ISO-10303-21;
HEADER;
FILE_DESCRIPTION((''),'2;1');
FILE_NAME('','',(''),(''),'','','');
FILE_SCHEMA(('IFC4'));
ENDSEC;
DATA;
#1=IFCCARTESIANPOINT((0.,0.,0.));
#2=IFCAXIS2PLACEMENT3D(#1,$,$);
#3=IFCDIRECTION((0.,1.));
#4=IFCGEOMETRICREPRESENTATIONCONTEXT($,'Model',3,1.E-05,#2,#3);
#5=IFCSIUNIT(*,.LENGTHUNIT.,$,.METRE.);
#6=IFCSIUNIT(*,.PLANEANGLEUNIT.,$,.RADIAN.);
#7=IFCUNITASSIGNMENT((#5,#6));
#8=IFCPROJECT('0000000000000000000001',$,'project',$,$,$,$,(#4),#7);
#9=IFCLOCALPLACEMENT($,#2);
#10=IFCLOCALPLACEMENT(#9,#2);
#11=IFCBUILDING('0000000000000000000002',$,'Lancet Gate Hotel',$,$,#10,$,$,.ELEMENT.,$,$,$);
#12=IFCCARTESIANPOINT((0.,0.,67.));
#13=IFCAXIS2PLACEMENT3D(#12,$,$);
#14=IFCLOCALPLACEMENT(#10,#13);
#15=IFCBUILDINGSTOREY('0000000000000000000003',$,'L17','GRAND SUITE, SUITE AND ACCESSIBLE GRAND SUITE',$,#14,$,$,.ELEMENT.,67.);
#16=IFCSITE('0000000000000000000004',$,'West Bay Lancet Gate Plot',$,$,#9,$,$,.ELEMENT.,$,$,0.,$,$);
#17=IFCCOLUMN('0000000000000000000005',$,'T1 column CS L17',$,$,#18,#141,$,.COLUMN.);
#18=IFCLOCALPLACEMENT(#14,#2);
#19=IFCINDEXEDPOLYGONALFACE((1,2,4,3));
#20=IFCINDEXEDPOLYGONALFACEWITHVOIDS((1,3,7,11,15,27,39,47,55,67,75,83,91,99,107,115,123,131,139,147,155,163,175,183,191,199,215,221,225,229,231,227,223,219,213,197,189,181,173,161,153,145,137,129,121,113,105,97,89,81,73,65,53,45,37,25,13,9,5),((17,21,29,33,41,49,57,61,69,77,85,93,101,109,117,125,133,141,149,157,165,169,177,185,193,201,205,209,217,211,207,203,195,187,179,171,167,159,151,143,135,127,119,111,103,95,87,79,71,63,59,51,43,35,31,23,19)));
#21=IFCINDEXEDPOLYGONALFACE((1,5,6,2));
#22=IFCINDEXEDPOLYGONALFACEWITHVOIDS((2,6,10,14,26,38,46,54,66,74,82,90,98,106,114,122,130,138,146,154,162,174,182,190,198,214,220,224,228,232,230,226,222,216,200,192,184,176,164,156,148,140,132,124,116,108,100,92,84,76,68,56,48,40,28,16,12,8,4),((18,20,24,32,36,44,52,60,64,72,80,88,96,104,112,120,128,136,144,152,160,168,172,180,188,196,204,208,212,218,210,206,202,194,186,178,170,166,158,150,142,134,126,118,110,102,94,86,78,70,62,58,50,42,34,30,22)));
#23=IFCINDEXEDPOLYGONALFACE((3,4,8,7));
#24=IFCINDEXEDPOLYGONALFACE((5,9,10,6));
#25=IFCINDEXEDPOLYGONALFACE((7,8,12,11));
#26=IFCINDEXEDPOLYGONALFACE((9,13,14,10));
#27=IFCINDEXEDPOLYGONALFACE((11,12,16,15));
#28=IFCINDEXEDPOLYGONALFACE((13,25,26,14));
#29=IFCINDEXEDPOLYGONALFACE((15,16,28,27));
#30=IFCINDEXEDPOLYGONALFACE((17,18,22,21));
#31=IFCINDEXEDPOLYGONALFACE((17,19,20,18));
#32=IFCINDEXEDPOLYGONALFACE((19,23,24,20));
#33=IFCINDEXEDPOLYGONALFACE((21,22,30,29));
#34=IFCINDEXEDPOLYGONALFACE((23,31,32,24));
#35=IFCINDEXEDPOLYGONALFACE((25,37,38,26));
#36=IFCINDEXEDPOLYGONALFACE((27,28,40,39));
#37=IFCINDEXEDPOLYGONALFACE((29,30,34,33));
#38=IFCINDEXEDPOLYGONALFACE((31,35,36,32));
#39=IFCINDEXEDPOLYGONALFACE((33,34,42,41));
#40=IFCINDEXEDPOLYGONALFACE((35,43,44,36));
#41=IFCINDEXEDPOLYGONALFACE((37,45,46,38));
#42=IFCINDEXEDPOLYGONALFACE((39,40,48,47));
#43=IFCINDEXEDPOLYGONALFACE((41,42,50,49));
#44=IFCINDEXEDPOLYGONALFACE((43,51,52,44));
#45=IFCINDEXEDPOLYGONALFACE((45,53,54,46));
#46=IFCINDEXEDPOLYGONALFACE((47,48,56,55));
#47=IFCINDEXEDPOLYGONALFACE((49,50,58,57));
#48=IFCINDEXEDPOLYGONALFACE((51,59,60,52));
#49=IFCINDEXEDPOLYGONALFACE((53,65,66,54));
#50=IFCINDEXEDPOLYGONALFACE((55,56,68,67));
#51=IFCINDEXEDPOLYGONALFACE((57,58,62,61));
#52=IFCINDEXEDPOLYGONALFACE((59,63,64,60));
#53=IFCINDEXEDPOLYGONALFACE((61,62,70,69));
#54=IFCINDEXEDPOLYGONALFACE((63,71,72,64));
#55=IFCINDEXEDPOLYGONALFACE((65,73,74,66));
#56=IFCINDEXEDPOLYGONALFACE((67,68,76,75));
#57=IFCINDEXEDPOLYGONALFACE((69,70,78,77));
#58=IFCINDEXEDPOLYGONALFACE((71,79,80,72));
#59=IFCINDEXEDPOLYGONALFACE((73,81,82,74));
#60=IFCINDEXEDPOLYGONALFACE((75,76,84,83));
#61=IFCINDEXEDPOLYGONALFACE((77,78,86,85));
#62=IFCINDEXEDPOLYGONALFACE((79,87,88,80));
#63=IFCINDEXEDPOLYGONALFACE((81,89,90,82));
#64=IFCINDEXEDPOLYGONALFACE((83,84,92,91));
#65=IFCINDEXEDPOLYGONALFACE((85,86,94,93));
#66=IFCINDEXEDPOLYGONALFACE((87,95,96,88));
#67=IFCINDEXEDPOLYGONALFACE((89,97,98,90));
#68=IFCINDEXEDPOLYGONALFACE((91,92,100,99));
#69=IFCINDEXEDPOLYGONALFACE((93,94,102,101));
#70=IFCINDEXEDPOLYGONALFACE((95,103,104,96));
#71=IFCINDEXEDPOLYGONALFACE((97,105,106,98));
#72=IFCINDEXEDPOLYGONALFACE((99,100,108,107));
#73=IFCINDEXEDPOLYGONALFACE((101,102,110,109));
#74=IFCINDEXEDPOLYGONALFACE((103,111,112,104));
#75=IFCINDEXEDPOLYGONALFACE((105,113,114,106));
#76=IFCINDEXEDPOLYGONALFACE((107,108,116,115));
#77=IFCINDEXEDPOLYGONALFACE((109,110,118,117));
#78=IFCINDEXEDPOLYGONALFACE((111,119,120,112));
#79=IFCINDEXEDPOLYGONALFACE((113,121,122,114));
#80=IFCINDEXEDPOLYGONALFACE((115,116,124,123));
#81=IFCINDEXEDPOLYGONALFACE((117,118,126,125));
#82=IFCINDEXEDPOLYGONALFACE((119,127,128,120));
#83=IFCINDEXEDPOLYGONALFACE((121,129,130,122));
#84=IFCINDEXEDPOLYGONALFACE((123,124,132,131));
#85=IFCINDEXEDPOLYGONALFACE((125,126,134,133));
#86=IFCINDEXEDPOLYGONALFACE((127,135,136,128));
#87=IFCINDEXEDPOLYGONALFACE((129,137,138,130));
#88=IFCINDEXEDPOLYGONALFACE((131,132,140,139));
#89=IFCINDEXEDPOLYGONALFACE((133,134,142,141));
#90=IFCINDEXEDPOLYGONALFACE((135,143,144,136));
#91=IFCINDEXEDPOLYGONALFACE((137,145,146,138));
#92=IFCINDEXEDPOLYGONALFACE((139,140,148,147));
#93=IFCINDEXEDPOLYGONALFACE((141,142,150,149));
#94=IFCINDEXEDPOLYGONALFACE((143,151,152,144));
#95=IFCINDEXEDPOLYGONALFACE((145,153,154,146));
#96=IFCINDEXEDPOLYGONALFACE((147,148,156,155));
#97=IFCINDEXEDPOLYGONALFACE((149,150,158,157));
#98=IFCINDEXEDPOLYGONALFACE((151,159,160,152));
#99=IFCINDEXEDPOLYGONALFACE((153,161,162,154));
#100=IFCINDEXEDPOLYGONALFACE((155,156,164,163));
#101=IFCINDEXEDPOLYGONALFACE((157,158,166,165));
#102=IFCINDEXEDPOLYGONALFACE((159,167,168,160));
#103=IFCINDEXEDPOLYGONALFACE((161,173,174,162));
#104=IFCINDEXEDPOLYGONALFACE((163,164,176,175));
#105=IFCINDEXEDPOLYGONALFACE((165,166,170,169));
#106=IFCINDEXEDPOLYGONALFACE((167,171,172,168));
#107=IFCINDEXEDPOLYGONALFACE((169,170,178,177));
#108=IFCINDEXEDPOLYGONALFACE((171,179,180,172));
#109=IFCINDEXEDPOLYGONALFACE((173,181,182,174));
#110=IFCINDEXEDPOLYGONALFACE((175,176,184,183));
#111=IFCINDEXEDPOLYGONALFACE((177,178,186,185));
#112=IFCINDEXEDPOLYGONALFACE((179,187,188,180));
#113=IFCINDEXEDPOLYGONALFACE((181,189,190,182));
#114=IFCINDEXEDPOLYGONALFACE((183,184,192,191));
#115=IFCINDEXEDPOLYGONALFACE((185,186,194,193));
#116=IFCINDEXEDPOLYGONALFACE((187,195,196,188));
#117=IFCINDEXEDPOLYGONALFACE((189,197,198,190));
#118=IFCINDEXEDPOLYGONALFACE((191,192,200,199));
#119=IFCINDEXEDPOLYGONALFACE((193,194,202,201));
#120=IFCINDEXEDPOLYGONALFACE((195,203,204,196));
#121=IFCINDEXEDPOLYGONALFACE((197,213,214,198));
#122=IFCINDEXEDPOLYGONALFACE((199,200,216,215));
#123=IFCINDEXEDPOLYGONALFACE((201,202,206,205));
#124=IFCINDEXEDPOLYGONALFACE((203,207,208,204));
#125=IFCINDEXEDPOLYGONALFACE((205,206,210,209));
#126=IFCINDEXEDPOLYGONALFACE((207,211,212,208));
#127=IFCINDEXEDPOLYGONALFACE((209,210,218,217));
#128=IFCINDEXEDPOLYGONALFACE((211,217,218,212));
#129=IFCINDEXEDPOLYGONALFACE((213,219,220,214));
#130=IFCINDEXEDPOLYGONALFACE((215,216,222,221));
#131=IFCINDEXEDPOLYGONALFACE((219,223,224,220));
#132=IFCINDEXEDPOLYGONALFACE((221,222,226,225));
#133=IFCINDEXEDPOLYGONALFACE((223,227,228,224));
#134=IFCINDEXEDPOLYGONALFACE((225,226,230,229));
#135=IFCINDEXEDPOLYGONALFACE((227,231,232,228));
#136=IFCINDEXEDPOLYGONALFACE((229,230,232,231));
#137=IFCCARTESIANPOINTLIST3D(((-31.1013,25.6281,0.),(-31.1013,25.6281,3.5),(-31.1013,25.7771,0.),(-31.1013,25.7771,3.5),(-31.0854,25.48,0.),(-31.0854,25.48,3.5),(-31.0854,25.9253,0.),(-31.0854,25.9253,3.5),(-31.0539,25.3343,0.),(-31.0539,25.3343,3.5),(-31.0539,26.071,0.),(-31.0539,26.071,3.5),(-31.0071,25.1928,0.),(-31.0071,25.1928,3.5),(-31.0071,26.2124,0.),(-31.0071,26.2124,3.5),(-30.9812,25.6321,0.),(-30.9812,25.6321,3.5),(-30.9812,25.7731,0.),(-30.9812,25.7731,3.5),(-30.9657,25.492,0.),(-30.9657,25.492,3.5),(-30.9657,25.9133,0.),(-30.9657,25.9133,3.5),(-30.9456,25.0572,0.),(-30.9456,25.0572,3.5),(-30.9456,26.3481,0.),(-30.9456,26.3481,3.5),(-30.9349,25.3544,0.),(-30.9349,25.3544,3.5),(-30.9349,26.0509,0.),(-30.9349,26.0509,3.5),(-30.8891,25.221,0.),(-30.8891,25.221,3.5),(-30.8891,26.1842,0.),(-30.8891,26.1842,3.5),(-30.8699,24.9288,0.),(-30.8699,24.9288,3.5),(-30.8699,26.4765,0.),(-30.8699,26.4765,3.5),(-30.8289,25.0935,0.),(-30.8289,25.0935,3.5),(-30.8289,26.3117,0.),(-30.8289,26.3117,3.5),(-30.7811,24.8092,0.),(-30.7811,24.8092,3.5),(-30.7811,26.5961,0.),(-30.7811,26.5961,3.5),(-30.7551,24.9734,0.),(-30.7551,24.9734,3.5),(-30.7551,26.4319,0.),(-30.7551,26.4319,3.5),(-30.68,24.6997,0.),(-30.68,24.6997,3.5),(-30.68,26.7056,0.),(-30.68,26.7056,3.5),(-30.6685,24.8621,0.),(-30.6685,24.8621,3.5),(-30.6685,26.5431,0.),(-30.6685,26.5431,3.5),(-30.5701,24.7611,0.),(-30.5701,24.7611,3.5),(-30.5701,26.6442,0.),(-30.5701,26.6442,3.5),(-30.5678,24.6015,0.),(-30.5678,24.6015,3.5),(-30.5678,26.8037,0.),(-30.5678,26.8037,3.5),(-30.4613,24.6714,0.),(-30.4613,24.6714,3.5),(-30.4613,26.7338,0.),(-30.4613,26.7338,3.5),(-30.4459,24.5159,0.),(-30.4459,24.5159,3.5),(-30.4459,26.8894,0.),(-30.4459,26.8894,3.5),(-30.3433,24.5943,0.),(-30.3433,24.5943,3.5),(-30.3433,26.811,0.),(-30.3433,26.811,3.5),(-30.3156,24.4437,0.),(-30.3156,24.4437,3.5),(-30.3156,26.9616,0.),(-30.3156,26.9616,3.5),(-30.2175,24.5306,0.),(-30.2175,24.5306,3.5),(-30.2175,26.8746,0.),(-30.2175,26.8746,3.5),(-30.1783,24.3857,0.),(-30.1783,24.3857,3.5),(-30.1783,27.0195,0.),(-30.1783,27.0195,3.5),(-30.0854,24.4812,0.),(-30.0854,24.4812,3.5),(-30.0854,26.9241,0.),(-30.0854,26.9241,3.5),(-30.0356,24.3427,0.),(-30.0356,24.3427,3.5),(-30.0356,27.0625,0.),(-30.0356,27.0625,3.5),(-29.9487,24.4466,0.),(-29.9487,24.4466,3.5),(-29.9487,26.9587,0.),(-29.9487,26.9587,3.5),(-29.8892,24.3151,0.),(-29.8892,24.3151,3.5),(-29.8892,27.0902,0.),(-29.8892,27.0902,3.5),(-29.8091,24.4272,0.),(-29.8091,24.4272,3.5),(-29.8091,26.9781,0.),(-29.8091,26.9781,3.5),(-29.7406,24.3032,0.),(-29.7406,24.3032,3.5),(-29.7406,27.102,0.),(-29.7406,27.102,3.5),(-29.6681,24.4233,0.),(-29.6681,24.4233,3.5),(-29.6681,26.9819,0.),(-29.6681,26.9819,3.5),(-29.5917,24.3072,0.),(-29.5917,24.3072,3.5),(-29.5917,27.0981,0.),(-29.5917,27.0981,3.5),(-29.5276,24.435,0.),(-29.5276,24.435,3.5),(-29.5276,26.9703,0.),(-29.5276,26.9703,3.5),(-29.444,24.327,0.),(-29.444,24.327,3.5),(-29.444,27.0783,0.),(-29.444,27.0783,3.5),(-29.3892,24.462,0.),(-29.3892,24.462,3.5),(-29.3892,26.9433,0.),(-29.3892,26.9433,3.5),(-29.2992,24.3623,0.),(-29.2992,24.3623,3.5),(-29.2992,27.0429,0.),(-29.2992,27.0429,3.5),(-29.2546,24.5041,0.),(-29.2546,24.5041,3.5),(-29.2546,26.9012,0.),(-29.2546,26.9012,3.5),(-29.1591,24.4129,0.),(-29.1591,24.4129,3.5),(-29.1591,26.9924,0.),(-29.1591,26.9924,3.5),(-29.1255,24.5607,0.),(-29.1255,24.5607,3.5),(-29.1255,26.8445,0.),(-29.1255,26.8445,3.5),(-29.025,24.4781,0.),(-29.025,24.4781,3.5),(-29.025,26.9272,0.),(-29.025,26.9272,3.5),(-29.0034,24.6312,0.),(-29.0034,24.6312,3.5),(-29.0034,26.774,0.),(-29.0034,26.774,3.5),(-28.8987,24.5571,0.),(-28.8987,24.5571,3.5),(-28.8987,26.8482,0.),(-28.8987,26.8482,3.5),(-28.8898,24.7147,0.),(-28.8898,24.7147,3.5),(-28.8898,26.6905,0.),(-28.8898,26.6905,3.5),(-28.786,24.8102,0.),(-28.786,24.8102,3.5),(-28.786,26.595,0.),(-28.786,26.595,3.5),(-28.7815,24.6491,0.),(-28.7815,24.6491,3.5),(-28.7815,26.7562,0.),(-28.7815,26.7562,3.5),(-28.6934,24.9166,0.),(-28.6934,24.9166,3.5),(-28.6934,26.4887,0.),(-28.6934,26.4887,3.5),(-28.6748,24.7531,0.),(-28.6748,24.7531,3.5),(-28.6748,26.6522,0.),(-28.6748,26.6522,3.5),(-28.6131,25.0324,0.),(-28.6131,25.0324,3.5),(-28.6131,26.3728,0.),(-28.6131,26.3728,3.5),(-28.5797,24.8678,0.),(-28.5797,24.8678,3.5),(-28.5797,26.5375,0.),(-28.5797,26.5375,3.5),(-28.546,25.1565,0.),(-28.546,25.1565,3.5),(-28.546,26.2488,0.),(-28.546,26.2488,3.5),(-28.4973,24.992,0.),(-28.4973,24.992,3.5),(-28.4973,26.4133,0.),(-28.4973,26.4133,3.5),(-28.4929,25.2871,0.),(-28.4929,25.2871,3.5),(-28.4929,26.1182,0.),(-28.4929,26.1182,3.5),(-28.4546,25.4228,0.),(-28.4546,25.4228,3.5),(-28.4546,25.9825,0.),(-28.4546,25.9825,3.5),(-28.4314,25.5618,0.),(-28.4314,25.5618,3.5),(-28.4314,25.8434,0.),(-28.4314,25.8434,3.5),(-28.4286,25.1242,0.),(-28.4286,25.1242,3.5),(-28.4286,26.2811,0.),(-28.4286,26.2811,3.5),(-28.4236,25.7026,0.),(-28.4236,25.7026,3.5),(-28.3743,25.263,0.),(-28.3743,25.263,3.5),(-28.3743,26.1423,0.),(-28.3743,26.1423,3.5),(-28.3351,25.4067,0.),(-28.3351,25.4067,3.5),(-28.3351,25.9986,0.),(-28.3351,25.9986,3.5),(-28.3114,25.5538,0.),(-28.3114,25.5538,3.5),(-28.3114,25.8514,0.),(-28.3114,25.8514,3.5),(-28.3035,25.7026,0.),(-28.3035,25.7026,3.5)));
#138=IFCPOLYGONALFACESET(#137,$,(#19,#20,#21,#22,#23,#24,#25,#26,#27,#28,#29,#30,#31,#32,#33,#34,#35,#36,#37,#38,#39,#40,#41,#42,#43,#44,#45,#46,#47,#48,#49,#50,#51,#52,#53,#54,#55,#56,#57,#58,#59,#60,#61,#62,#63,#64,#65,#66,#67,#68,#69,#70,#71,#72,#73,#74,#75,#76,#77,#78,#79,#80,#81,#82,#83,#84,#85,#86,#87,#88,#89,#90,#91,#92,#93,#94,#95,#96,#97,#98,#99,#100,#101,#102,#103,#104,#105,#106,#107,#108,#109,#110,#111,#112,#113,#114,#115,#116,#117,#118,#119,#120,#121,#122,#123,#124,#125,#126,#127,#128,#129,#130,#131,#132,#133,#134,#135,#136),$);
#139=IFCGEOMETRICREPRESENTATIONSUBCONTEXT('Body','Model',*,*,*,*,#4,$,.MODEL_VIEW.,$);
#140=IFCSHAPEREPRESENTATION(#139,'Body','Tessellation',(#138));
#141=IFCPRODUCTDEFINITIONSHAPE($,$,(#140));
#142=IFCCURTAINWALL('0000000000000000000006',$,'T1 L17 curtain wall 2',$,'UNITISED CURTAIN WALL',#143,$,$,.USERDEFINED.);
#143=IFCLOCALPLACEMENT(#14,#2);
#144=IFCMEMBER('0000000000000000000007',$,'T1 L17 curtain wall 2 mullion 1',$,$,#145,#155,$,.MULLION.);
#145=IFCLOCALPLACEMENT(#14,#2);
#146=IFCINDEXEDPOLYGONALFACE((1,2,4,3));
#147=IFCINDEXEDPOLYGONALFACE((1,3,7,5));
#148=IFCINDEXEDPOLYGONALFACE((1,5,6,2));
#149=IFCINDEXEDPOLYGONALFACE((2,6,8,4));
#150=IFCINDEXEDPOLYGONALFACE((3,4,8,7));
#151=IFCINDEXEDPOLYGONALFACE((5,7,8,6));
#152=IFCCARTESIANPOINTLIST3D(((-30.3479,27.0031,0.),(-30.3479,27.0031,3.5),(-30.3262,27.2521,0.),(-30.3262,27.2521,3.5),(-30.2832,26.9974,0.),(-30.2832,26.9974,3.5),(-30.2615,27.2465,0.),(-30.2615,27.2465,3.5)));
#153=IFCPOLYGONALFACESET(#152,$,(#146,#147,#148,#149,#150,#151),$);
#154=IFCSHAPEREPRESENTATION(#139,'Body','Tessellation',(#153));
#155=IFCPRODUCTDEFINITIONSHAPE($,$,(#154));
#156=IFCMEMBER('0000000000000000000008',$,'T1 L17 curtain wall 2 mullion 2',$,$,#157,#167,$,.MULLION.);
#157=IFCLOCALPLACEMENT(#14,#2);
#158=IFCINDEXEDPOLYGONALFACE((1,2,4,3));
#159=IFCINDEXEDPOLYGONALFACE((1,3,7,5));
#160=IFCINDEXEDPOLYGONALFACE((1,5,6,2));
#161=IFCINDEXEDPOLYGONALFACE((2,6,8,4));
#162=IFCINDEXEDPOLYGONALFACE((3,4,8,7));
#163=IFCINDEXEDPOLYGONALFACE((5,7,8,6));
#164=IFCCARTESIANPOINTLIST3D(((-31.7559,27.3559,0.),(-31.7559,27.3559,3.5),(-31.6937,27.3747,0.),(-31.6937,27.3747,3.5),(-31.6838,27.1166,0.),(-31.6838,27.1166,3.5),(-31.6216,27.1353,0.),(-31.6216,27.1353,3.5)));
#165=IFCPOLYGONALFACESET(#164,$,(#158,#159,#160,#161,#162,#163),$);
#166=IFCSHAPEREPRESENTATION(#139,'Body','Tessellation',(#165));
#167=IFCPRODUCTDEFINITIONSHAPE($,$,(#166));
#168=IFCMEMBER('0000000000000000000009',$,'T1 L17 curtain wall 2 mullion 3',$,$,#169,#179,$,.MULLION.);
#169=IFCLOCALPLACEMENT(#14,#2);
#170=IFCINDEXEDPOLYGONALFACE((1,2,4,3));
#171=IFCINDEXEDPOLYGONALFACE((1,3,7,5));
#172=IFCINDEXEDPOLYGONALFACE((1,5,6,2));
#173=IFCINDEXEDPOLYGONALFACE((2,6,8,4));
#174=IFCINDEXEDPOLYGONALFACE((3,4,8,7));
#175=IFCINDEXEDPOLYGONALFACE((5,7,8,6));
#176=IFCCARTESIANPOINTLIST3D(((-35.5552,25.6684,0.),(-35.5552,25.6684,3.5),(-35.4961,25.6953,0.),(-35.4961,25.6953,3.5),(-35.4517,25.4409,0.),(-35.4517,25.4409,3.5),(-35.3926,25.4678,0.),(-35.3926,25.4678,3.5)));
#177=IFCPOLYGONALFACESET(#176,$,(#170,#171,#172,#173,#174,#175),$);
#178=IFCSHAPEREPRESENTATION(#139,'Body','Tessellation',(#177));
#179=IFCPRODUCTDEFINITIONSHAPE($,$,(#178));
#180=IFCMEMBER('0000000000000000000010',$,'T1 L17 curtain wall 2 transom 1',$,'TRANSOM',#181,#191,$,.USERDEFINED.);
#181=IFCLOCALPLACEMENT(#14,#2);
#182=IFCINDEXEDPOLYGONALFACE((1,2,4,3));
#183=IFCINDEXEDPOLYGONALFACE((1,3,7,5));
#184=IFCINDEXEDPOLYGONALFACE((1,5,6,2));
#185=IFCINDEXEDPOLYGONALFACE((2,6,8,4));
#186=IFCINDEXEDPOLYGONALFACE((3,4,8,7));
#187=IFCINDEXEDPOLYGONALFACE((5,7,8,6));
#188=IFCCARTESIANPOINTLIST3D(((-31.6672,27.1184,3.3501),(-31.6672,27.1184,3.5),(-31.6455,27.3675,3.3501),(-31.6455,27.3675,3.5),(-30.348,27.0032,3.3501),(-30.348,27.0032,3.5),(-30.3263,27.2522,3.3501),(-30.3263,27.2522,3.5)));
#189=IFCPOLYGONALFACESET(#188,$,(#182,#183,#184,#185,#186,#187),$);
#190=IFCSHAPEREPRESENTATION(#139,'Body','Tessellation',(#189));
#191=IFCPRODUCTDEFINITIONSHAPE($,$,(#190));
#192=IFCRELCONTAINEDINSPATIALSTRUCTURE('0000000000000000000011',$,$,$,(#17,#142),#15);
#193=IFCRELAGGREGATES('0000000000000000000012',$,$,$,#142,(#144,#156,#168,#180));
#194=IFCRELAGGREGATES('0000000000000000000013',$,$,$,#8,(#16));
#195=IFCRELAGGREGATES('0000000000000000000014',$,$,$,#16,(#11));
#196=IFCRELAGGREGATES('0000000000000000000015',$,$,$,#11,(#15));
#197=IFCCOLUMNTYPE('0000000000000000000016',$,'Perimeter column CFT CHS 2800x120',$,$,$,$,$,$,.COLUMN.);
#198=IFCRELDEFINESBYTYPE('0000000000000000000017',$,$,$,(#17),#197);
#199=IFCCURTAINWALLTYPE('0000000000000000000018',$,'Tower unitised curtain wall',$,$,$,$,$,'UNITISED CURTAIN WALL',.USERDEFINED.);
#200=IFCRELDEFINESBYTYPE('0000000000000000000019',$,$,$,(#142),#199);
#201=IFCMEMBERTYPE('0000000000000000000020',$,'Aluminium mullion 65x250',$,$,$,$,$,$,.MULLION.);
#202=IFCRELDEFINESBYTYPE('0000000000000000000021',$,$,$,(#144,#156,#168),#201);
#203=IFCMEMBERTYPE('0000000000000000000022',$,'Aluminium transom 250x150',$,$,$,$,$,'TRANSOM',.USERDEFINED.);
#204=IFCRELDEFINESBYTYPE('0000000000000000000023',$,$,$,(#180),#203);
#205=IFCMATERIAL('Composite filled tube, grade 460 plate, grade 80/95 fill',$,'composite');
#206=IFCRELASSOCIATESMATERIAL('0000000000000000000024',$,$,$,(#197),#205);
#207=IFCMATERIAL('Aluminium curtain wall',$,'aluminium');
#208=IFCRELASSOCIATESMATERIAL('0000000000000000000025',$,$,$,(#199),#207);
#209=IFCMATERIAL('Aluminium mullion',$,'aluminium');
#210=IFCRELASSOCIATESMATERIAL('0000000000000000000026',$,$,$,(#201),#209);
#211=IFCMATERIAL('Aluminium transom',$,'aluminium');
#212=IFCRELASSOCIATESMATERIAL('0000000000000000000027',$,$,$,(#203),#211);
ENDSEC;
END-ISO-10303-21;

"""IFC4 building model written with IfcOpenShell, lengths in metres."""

from ifc_helpers import new_model, si_unit, direction, frame, origin, origin_2d, place, context, subcontext, project, spatial, rectangle, hollow_circle, extrude, material, material_profile, profile_set, type_object, element, aggregate, save


model = new_model("IFC4")

# Units and contexts
model_context = context("Model", 3, precision=1e-05, world=origin(), true_north=direction((0.0, 1.0)))
body_context = subcontext(model_context, "Body", "Model", "MODEL_VIEW")
ifc_project = project(units=[si_unit("LENGTHUNIT", "METRE"), si_unit("PLANEANGLEUNIT", "RADIAN")], contexts=[model_context])

# Site, building, storey
site_placement = place(None, origin())
site = spatial("IfcSite", under=ifc_project, at=site_placement, Name="West Bay Lancet Gate Plot", CompositionType="ELEMENT", RefElevation=0.0)
building_placement = place(site_placement, origin())
building = spatial("IfcBuilding", under=site, at=building_placement, Name="Lancet Gate Hotel", CompositionType="ELEMENT")
storey_placement = place(building_placement, frame((0.0, 0.0, 67.0)))
storey = spatial("IfcBuildingStorey", under=building, at=storey_placement, Name="L17", Description="GRAND SUITE, SUITE AND ACCESSIBLE GRAND SUITE", CompositionType="ELEMENT", Elevation=67.0)

# Column
ifc_material_1 = material(Name="Composite filled tube, grade 460 plate, grade 80/95 fill", Category="composite")
ifc_material_profile_1 = material_profile(ifc_material_1, hollow_circle(Radius=1.3999, WallThickness=0.1201, at=origin_2d()), Name="CHS 2800x120")
ifc_profile_set_1 = profile_set([ifc_material_profile_1], Name="Composite filled tube, grade 460 plate, grade 80/95 fill")
column_type = type_object("IfcColumnType", Name="Perimeter column CFT CHS 2800x120", PredefinedType="COLUMN", material=ifc_profile_set_1)
column_placement = place(storey_placement, frame((-29.7034, 25.7026, 0.0), z_axis=(0.0, 0.0, 1.0), x_axis=(1.0, 0.0, 0.0)))
element("IfcColumn", 1, at=column_placement, inside=storey, type_object=column_type, Name="T1 column CS L17", PredefinedType="COLUMN", context=body_context, shape_type="SweptSolid", body=[
    extrude(hollow_circle(Radius=1.3999, WallThickness=0.1201, at=origin_2d()), origin(), (0.0, 0.0, 1.0), 3.5),
])

# Curtain wall, members
ifc_material_2 = material(Name="Aluminium curtain wall", Category="aluminium")
curtain_wall_type = type_object("IfcCurtainWallType", Name="Tower unitised curtain wall", ElementType="UNITISED CURTAIN WALL", PredefinedType="USERDEFINED", material=ifc_material_2)
curtain_wall_placement = place(storey_placement, origin())
curtain_wall = element("IfcCurtainWall", 2, at=curtain_wall_placement, inside=storey, type_object=curtain_wall_type, Name="T1 L17 curtain wall 2", ObjectType="UNITISED CURTAIN WALL", PredefinedType="USERDEFINED")
ifc_material_3 = material(Name="Aluminium mullion", Category="aluminium")
ifc_material_profile_2 = material_profile(ifc_material_3, rectangle(XDim=0.0649, YDim=0.25, at=origin_2d()), Name="MULLION 65x250")
ifc_profile_set_2 = profile_set([ifc_material_profile_2], Name="Aluminium mullion")
member_type_1 = type_object("IfcMemberType", Name="Aluminium mullion 65x250", PredefinedType="MULLION", material=ifc_profile_set_2)
member_1_placement = place(storey_placement, frame((-30.3047, 27.1248, 0.0), z_axis=(0.0, 0.0, 1.0), x_axis=(-0.996204, 0.087052, 0.0)))
member_1 = element("IfcMember", 3, at=member_1_placement, type_object=member_type_1, Name="T1 L17 curtain wall 2 mullion 1", PredefinedType="MULLION", context=body_context, shape_type="SweptSolid", body=[
    extrude(rectangle(XDim=0.0649, YDim=0.25, at=origin_2d()), origin(), (0.0, 0.0, 1.0), 3.5),
])
member_2_placement = place(storey_placement, frame((-31.6887, 27.2456, 0.0), z_axis=(0.0, 0.0, 1.0), x_axis=(-0.957524, -0.288352, 0.0)))
member_2 = element("IfcMember", 4, at=member_2_placement, type_object=member_type_1, Name="T1 L17 curtain wall 2 mullion 2", PredefinedType="MULLION", context=body_context, shape_type="SweptSolid", body=[
    extrude(rectangle(XDim=0.0649, YDim=0.25, at=origin_2d()), origin(), (0.0, 0.0, 1.0), 3.5),
])
member_3_placement = place(storey_placement, frame((-35.4739, 25.5681, 0.0), z_axis=(0.0, 0.0, 1.0), x_axis=(-0.91022, -0.414126, 0.0)))
member_3 = element("IfcMember", 5, at=member_3_placement, type_object=member_type_1, Name="T1 L17 curtain wall 2 mullion 3", PredefinedType="MULLION", context=body_context, shape_type="SweptSolid", body=[
    extrude(rectangle(XDim=0.0649, YDim=0.25, at=origin_2d()), origin(), (0.0, 0.0, 1.0), 3.5),
])
ifc_material_4 = material(Name="Aluminium transom", Category="aluminium")
ifc_material_profile_3 = material_profile(ifc_material_4, rectangle(XDim=0.25, YDim=0.1499, at=origin_2d()), Name="TRANSOM 250x150")
ifc_profile_set_3 = profile_set([ifc_material_profile_3], Name="Aluminium transom")
member_type_2 = type_object("IfcMemberType", Name="Aluminium transom 250x150", ElementType="TRANSOM", PredefinedType="USERDEFINED", material=ifc_profile_set_3)
member_4_placement = place(storey_placement, frame((-30.3372, 27.1277, 3.425), z_axis=(-0.996206, 0.087027, 0.0), x_axis=(-0.087027, -0.996206, 0.0)))
member_4 = element("IfcMember", 6, at=member_4_placement, type_object=member_type_2, Name="T1 L17 curtain wall 2 transom 1", ObjectType="TRANSOM", PredefinedType="USERDEFINED", context=body_context, shape_type="SweptSolid", body=[
    extrude(rectangle(XDim=0.25, YDim=0.1499, at=origin_2d()), origin(), (0.0, 0.0, 1.0), 1.3242),
])

aggregate(curtain_wall, [member_1, member_2, member_3, member_4])

save(model, "model.ifc")
